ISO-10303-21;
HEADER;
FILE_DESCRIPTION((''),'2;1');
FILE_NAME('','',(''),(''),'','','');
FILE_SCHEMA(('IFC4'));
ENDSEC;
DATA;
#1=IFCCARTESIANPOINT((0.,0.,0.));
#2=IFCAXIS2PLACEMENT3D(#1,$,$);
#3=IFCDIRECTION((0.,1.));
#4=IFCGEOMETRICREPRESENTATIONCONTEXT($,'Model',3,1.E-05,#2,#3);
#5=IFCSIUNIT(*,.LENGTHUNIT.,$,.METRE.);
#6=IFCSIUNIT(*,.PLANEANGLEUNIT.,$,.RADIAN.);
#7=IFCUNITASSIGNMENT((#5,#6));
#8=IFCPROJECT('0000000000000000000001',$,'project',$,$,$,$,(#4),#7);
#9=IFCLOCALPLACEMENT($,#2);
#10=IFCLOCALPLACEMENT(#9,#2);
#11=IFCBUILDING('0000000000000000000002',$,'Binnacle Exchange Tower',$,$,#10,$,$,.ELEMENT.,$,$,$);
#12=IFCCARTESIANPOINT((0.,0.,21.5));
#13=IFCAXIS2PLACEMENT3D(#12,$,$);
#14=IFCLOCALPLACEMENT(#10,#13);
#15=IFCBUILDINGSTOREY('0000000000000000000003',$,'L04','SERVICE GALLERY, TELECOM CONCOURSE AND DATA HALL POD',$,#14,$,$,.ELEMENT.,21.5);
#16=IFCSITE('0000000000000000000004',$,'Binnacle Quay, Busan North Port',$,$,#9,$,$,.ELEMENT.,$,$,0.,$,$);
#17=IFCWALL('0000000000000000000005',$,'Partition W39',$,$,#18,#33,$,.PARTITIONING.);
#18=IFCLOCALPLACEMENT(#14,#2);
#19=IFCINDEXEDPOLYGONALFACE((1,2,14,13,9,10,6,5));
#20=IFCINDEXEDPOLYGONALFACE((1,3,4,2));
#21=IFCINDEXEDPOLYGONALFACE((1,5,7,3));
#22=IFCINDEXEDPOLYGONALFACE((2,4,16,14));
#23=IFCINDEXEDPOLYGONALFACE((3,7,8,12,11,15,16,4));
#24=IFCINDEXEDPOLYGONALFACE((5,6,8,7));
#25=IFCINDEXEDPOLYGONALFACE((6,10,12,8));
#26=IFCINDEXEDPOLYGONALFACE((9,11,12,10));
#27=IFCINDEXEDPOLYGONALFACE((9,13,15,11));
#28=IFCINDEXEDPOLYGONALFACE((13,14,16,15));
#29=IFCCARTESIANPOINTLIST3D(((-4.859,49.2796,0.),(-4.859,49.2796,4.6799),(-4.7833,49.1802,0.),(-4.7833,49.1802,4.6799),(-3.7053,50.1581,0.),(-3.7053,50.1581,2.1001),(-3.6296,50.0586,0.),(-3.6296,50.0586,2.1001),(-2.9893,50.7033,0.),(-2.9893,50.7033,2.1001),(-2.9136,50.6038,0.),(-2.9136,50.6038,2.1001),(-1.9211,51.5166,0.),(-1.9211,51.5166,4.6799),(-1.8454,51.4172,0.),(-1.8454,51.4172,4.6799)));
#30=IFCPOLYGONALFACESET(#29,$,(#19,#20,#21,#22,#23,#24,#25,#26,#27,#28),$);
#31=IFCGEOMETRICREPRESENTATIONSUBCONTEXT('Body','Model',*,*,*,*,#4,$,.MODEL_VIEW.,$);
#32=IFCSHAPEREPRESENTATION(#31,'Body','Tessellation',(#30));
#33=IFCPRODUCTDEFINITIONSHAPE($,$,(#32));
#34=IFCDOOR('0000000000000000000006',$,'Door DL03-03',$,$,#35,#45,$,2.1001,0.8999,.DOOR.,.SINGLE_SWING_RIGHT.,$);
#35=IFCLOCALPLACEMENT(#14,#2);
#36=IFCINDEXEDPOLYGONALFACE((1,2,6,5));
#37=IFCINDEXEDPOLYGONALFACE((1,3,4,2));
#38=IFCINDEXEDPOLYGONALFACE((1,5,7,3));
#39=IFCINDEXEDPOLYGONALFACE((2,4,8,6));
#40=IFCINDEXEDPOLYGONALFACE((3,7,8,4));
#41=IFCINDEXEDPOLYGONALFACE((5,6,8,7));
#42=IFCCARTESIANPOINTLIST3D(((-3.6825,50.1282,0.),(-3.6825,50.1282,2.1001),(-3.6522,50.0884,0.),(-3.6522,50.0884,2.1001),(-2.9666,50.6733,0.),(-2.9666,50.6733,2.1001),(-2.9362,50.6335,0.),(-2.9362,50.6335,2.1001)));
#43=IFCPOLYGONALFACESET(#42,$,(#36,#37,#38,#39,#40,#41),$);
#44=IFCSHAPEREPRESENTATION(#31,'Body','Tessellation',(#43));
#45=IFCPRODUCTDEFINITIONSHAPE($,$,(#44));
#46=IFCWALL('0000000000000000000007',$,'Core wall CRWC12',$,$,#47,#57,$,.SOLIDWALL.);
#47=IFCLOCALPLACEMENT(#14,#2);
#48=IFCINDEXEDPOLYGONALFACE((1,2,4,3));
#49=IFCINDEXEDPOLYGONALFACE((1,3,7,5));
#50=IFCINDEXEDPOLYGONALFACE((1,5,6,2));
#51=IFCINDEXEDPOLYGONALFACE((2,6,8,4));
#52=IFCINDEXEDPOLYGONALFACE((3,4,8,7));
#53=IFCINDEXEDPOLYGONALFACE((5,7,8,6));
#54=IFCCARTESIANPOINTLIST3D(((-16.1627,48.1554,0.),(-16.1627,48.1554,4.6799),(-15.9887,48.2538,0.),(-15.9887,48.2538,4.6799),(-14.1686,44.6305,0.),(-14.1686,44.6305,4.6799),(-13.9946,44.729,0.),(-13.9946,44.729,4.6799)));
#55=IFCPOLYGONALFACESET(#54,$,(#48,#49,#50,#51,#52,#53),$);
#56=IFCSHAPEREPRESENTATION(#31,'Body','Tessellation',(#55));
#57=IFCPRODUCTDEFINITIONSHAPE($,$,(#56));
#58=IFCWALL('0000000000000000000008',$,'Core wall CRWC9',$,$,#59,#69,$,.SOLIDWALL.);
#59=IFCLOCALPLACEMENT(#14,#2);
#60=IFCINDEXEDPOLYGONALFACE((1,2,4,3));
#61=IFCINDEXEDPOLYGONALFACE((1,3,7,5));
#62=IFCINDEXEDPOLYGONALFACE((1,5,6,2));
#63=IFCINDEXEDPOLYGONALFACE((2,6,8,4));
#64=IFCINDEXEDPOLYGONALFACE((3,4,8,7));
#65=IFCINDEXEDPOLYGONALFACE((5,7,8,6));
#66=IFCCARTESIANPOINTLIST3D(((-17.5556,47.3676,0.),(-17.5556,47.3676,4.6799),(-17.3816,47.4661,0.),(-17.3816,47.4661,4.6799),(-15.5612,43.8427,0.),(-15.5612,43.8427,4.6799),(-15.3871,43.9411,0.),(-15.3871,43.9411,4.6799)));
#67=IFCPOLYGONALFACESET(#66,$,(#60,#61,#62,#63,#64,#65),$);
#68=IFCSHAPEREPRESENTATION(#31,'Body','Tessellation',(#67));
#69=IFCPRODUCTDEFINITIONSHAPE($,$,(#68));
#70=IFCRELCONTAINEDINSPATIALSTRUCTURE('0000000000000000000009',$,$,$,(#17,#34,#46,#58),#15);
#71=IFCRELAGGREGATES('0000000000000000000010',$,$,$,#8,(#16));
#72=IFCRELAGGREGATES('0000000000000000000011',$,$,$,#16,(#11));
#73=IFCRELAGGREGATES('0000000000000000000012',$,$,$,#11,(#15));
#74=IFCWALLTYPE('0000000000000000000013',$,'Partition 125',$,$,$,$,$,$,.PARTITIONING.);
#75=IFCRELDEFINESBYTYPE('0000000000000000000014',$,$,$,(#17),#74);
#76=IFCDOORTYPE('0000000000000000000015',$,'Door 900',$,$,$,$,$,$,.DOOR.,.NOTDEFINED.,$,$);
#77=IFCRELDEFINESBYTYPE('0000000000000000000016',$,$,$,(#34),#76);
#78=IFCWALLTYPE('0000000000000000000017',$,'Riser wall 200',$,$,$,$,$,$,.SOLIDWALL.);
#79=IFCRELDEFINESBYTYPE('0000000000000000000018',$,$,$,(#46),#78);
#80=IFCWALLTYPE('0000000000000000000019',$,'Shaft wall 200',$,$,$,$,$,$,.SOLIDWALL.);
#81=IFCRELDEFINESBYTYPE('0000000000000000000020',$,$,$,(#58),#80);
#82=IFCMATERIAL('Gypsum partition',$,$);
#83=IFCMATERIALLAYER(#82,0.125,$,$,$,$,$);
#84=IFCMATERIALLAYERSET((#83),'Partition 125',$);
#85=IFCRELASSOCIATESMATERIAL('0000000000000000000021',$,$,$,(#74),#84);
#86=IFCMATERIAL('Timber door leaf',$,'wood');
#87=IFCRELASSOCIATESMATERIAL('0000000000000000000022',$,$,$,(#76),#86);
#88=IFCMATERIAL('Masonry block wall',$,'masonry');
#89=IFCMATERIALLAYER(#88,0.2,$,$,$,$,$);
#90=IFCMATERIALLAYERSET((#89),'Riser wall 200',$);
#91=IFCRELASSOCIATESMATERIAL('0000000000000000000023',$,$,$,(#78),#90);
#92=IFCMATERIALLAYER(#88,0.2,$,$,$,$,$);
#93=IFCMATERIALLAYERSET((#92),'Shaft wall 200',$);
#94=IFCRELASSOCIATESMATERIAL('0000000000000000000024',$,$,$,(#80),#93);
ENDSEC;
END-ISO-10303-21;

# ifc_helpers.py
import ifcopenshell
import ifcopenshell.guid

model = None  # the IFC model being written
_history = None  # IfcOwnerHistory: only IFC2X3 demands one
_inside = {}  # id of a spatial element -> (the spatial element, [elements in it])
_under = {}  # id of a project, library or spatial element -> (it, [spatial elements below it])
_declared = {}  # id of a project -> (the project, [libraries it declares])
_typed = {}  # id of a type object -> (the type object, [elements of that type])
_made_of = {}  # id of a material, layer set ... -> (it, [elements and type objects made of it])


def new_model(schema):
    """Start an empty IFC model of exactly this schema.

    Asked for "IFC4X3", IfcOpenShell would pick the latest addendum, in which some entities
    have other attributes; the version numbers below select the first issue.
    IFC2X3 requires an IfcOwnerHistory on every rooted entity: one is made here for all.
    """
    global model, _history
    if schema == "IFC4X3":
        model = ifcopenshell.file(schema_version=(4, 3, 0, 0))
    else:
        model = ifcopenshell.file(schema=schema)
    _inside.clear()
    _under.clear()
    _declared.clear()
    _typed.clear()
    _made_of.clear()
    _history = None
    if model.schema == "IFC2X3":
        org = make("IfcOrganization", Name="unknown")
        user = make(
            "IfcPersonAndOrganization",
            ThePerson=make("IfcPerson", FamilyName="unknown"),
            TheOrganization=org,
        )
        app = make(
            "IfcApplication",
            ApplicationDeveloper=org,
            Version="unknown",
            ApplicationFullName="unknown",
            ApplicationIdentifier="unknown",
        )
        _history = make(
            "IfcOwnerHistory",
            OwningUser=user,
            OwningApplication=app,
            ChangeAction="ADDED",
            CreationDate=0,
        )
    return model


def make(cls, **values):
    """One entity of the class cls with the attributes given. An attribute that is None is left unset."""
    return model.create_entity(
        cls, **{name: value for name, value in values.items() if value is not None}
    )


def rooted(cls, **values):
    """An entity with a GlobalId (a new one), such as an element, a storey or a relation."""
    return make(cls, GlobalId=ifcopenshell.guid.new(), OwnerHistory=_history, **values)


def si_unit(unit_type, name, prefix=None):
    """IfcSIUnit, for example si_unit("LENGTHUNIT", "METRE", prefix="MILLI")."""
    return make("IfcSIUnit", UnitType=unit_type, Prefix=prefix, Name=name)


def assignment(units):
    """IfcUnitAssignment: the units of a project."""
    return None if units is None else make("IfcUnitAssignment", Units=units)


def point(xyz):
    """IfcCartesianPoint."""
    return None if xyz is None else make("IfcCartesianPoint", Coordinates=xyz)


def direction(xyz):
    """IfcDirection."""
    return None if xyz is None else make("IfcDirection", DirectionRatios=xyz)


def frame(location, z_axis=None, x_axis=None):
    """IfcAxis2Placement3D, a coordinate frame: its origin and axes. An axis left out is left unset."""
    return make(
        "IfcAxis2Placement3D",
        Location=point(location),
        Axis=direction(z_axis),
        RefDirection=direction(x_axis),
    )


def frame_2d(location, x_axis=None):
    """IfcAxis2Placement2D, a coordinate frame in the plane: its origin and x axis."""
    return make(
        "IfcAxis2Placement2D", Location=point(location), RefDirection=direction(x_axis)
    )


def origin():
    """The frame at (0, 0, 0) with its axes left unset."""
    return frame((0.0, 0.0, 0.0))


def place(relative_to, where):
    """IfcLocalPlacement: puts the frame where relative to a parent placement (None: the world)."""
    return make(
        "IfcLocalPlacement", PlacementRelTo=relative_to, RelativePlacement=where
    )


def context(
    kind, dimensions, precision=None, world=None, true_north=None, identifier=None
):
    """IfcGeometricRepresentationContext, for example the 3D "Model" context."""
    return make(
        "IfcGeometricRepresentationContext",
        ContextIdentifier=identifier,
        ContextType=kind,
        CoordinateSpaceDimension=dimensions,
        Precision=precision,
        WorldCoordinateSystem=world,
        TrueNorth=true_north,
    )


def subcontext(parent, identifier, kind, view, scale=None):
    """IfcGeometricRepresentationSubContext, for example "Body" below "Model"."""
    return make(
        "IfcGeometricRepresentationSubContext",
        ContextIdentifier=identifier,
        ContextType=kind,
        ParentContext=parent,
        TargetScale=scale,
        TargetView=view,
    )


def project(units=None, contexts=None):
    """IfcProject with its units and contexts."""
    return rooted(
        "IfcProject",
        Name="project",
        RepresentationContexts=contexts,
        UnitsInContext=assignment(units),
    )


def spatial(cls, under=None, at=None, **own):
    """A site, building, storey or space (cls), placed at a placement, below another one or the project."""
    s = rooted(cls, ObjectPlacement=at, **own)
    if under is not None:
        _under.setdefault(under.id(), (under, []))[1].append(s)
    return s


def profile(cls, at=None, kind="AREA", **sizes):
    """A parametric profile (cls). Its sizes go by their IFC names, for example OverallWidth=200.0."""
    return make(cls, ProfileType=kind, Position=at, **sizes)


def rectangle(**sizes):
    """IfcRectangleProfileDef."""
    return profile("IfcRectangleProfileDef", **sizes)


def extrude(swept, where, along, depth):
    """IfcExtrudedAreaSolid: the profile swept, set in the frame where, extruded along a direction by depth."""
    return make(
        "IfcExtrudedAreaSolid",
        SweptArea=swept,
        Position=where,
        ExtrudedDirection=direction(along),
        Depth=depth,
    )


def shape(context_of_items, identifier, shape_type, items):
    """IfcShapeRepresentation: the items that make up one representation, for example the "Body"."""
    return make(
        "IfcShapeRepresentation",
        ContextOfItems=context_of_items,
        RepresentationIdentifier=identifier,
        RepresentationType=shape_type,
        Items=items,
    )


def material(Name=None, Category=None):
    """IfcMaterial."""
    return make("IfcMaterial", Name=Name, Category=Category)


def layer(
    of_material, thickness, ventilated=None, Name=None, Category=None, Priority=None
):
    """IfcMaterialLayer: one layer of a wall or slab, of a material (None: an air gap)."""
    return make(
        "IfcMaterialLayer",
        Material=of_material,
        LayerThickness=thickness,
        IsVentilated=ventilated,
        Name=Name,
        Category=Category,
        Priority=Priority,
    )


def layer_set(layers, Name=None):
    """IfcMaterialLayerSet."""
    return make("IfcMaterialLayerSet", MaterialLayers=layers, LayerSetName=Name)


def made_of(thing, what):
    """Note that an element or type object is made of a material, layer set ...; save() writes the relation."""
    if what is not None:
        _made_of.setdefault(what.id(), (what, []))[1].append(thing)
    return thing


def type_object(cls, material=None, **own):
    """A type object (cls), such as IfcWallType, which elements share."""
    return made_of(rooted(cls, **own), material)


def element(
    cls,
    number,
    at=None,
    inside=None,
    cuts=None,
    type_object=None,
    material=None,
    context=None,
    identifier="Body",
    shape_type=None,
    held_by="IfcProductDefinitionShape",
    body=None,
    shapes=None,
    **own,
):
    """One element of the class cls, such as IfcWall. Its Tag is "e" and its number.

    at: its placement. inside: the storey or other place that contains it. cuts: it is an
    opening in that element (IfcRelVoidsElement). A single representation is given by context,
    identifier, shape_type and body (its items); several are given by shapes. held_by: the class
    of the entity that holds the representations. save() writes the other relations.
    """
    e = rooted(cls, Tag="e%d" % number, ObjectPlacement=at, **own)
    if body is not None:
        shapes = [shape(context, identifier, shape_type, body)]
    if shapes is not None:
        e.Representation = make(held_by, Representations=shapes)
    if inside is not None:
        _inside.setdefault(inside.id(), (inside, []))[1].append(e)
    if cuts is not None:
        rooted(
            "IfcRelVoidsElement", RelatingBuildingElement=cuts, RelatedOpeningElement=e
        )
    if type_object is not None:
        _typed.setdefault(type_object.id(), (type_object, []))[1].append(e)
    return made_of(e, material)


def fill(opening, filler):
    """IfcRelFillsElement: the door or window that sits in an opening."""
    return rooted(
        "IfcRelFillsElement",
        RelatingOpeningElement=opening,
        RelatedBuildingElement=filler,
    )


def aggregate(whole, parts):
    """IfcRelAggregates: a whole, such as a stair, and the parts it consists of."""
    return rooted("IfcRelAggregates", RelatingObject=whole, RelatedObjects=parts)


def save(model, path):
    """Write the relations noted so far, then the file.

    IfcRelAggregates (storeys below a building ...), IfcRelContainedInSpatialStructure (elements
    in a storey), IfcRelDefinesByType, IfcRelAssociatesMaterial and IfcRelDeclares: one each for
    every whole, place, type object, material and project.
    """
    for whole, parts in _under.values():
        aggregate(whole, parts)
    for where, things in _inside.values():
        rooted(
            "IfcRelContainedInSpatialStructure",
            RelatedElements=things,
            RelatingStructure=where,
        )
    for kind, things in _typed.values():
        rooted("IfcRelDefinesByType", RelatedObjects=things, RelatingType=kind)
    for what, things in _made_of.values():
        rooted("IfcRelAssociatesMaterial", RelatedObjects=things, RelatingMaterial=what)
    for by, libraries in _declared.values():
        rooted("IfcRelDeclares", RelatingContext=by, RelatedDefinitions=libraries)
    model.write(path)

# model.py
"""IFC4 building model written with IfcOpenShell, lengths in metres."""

from ifc_helpers import new_model, si_unit, direction, frame, frame_2d, origin, place, context, subcontext, project, spatial, rectangle, extrude, material, layer, layer_set, type_object, element, fill, save


model = new_model("IFC4")

# Units and contexts
model_context = context("Model", 3, precision=1e-05, world=origin(), true_north=direction((0.0, 1.0)))
body_context = subcontext(model_context, "Body", "Model", "MODEL_VIEW")
ifc_project = project(units=[si_unit("LENGTHUNIT", "METRE"), si_unit("PLANEANGLEUNIT", "RADIAN")], contexts=[model_context])

# Site, building, storey
site_placement = place(None, origin())
site = spatial("IfcSite", under=ifc_project, at=site_placement, Name="Binnacle Quay, Busan North Port", CompositionType="ELEMENT", RefElevation=0.0)
building_placement = place(site_placement, origin())
building = spatial("IfcBuilding", under=site, at=building_placement, Name="Binnacle Exchange Tower", CompositionType="ELEMENT")
storey_placement = place(building_placement, frame((0.0, 0.0, 21.5)))
storey = spatial("IfcBuildingStorey", under=building, at=storey_placement, Name="L04", Description="SERVICE GALLERY, TELECOM CONCOURSE AND DATA HALL POD", CompositionType="ELEMENT", Elevation=21.5)

# Shared definitions
ifc_material_1 = material(Name="Masonry block wall", Category="masonry")

# Wall, opening, door
ifc_material_2 = material(Name="Gypsum partition")
ifc_layer_1 = layer(ifc_material_2, 0.125)
ifc_layer_set_1 = layer_set([ifc_layer_1], Name="Partition 125")
wall_type_1 = type_object("IfcWallType", Name="Partition 125", PredefinedType="PARTITIONING", material=ifc_layer_set_1)
wall_1_placement = place(storey_placement, frame((-4.821, 49.23, 0.0), z_axis=(0.0, 0.0, 1.0), x_axis=(0.795615, 0.605802, 0.0)))
wall_1 = element("IfcWall", 1, at=wall_1_placement, inside=storey, type_object=wall_type_1, Name="Partition W39", PredefinedType="PARTITIONING", context=body_context, shape_type="SweptSolid", body=[
    extrude(rectangle(XDim=3.6926, YDim=0.125, at=frame_2d((1.8462, 0.0))), origin(), (0.0, 0.0, 1.0), 4.6799),
])
opening_1_placement = place(wall_1_placement, frame((1.45, 0.0, 0.0)))
opening_1 = element("IfcOpeningElement", 2, at=opening_1_placement, cuts=wall_1, PredefinedType="OPENING", context=body_context, shape_type="SweptSolid", body=[
    extrude(rectangle(XDim=0.8999, YDim=2.1001, at=frame_2d((0.45, 1.05))), frame((0.0, 0.0725, 0.0), z_axis=(0.0, -1.0, 0.0), x_axis=(1.0, 0.0, 0.0)), (0.0, 0.0, 1.0), 0.145),
])
ifc_material_3 = material(Name="Timber door leaf", Category="wood")
door_type_1 = type_object("IfcDoorType", Name="Door 900", OperationType="NOTDEFINED", PredefinedType="DOOR", material=ifc_material_3)
door_1_placement = place(opening_1_placement, origin())
door_1 = element("IfcDoor", 3, at=door_1_placement, inside=storey, type_object=door_type_1, Name="Door DL03-03", OperationType="SINGLE_SWING_RIGHT", OverallHeight=2.1001, OverallWidth=0.8999, PredefinedType="DOOR", context=body_context, shape_type="SweptSolid", body=[
    extrude(rectangle(XDim=0.8999, YDim=2.1001, at=frame_2d((0.45, 1.05))), frame((0.0, 0.0249, 0.0), z_axis=(0.0, -1.0, 0.0), x_axis=(1.0, 0.0, 0.0)), (0.0, 0.0, 1.0), 0.05),
])
fill(opening_1, door_1)

# Walls
ifc_layer_2 = layer(ifc_material_1, 0.2)
ifc_layer_set_2 = layer_set([ifc_layer_2], Name="Riser wall 200")
wall_type_2 = type_object("IfcWallType", Name="Riser wall 200", PredefinedType="SOLIDWALL", material=ifc_layer_set_2)
wall_2_placement = place(storey_placement, frame((-16.0757, 48.2046, 0.0), z_axis=(0.0, 0.0, 1.0), x_axis=(0.492395, -0.870372, 0.0)))
element("IfcWall", 4, at=wall_2_placement, inside=storey, type_object=wall_type_2, Name="Core wall CRWC12", PredefinedType="SOLIDWALL", context=body_context, shape_type="SweptSolid", body=[
    extrude(rectangle(XDim=4.0498, YDim=0.2, at=frame_2d((2.0249, 0.0))), origin(), (0.0, 0.0, 1.0), 4.6799),
])
ifc_layer_3 = layer(ifc_material_1, 0.2)
ifc_layer_set_3 = layer_set([ifc_layer_3], Name="Shaft wall 200")
wall_type_3 = type_object("IfcWallType", Name="Shaft wall 200", PredefinedType="SOLIDWALL", material=ifc_layer_set_3)
wall_3_placement = place(storey_placement, frame((-17.4685, 47.4167, 0.0), z_axis=(0.0, 0.0, 1.0), x_axis=(0.492441, -0.870346, 0.0)))
element("IfcWall", 5, at=wall_3_placement, inside=storey, type_object=wall_type_3, Name="Core wall CRWC9", PredefinedType="SOLIDWALL", context=body_context, shape_type="SweptSolid", body=[
    extrude(rectangle(XDim=4.05, YDim=0.2, at=frame_2d((2.0249, 0.0))), origin(), (0.0, 0.0, 1.0), 4.6799),
])

save(model, "model.ifc")
